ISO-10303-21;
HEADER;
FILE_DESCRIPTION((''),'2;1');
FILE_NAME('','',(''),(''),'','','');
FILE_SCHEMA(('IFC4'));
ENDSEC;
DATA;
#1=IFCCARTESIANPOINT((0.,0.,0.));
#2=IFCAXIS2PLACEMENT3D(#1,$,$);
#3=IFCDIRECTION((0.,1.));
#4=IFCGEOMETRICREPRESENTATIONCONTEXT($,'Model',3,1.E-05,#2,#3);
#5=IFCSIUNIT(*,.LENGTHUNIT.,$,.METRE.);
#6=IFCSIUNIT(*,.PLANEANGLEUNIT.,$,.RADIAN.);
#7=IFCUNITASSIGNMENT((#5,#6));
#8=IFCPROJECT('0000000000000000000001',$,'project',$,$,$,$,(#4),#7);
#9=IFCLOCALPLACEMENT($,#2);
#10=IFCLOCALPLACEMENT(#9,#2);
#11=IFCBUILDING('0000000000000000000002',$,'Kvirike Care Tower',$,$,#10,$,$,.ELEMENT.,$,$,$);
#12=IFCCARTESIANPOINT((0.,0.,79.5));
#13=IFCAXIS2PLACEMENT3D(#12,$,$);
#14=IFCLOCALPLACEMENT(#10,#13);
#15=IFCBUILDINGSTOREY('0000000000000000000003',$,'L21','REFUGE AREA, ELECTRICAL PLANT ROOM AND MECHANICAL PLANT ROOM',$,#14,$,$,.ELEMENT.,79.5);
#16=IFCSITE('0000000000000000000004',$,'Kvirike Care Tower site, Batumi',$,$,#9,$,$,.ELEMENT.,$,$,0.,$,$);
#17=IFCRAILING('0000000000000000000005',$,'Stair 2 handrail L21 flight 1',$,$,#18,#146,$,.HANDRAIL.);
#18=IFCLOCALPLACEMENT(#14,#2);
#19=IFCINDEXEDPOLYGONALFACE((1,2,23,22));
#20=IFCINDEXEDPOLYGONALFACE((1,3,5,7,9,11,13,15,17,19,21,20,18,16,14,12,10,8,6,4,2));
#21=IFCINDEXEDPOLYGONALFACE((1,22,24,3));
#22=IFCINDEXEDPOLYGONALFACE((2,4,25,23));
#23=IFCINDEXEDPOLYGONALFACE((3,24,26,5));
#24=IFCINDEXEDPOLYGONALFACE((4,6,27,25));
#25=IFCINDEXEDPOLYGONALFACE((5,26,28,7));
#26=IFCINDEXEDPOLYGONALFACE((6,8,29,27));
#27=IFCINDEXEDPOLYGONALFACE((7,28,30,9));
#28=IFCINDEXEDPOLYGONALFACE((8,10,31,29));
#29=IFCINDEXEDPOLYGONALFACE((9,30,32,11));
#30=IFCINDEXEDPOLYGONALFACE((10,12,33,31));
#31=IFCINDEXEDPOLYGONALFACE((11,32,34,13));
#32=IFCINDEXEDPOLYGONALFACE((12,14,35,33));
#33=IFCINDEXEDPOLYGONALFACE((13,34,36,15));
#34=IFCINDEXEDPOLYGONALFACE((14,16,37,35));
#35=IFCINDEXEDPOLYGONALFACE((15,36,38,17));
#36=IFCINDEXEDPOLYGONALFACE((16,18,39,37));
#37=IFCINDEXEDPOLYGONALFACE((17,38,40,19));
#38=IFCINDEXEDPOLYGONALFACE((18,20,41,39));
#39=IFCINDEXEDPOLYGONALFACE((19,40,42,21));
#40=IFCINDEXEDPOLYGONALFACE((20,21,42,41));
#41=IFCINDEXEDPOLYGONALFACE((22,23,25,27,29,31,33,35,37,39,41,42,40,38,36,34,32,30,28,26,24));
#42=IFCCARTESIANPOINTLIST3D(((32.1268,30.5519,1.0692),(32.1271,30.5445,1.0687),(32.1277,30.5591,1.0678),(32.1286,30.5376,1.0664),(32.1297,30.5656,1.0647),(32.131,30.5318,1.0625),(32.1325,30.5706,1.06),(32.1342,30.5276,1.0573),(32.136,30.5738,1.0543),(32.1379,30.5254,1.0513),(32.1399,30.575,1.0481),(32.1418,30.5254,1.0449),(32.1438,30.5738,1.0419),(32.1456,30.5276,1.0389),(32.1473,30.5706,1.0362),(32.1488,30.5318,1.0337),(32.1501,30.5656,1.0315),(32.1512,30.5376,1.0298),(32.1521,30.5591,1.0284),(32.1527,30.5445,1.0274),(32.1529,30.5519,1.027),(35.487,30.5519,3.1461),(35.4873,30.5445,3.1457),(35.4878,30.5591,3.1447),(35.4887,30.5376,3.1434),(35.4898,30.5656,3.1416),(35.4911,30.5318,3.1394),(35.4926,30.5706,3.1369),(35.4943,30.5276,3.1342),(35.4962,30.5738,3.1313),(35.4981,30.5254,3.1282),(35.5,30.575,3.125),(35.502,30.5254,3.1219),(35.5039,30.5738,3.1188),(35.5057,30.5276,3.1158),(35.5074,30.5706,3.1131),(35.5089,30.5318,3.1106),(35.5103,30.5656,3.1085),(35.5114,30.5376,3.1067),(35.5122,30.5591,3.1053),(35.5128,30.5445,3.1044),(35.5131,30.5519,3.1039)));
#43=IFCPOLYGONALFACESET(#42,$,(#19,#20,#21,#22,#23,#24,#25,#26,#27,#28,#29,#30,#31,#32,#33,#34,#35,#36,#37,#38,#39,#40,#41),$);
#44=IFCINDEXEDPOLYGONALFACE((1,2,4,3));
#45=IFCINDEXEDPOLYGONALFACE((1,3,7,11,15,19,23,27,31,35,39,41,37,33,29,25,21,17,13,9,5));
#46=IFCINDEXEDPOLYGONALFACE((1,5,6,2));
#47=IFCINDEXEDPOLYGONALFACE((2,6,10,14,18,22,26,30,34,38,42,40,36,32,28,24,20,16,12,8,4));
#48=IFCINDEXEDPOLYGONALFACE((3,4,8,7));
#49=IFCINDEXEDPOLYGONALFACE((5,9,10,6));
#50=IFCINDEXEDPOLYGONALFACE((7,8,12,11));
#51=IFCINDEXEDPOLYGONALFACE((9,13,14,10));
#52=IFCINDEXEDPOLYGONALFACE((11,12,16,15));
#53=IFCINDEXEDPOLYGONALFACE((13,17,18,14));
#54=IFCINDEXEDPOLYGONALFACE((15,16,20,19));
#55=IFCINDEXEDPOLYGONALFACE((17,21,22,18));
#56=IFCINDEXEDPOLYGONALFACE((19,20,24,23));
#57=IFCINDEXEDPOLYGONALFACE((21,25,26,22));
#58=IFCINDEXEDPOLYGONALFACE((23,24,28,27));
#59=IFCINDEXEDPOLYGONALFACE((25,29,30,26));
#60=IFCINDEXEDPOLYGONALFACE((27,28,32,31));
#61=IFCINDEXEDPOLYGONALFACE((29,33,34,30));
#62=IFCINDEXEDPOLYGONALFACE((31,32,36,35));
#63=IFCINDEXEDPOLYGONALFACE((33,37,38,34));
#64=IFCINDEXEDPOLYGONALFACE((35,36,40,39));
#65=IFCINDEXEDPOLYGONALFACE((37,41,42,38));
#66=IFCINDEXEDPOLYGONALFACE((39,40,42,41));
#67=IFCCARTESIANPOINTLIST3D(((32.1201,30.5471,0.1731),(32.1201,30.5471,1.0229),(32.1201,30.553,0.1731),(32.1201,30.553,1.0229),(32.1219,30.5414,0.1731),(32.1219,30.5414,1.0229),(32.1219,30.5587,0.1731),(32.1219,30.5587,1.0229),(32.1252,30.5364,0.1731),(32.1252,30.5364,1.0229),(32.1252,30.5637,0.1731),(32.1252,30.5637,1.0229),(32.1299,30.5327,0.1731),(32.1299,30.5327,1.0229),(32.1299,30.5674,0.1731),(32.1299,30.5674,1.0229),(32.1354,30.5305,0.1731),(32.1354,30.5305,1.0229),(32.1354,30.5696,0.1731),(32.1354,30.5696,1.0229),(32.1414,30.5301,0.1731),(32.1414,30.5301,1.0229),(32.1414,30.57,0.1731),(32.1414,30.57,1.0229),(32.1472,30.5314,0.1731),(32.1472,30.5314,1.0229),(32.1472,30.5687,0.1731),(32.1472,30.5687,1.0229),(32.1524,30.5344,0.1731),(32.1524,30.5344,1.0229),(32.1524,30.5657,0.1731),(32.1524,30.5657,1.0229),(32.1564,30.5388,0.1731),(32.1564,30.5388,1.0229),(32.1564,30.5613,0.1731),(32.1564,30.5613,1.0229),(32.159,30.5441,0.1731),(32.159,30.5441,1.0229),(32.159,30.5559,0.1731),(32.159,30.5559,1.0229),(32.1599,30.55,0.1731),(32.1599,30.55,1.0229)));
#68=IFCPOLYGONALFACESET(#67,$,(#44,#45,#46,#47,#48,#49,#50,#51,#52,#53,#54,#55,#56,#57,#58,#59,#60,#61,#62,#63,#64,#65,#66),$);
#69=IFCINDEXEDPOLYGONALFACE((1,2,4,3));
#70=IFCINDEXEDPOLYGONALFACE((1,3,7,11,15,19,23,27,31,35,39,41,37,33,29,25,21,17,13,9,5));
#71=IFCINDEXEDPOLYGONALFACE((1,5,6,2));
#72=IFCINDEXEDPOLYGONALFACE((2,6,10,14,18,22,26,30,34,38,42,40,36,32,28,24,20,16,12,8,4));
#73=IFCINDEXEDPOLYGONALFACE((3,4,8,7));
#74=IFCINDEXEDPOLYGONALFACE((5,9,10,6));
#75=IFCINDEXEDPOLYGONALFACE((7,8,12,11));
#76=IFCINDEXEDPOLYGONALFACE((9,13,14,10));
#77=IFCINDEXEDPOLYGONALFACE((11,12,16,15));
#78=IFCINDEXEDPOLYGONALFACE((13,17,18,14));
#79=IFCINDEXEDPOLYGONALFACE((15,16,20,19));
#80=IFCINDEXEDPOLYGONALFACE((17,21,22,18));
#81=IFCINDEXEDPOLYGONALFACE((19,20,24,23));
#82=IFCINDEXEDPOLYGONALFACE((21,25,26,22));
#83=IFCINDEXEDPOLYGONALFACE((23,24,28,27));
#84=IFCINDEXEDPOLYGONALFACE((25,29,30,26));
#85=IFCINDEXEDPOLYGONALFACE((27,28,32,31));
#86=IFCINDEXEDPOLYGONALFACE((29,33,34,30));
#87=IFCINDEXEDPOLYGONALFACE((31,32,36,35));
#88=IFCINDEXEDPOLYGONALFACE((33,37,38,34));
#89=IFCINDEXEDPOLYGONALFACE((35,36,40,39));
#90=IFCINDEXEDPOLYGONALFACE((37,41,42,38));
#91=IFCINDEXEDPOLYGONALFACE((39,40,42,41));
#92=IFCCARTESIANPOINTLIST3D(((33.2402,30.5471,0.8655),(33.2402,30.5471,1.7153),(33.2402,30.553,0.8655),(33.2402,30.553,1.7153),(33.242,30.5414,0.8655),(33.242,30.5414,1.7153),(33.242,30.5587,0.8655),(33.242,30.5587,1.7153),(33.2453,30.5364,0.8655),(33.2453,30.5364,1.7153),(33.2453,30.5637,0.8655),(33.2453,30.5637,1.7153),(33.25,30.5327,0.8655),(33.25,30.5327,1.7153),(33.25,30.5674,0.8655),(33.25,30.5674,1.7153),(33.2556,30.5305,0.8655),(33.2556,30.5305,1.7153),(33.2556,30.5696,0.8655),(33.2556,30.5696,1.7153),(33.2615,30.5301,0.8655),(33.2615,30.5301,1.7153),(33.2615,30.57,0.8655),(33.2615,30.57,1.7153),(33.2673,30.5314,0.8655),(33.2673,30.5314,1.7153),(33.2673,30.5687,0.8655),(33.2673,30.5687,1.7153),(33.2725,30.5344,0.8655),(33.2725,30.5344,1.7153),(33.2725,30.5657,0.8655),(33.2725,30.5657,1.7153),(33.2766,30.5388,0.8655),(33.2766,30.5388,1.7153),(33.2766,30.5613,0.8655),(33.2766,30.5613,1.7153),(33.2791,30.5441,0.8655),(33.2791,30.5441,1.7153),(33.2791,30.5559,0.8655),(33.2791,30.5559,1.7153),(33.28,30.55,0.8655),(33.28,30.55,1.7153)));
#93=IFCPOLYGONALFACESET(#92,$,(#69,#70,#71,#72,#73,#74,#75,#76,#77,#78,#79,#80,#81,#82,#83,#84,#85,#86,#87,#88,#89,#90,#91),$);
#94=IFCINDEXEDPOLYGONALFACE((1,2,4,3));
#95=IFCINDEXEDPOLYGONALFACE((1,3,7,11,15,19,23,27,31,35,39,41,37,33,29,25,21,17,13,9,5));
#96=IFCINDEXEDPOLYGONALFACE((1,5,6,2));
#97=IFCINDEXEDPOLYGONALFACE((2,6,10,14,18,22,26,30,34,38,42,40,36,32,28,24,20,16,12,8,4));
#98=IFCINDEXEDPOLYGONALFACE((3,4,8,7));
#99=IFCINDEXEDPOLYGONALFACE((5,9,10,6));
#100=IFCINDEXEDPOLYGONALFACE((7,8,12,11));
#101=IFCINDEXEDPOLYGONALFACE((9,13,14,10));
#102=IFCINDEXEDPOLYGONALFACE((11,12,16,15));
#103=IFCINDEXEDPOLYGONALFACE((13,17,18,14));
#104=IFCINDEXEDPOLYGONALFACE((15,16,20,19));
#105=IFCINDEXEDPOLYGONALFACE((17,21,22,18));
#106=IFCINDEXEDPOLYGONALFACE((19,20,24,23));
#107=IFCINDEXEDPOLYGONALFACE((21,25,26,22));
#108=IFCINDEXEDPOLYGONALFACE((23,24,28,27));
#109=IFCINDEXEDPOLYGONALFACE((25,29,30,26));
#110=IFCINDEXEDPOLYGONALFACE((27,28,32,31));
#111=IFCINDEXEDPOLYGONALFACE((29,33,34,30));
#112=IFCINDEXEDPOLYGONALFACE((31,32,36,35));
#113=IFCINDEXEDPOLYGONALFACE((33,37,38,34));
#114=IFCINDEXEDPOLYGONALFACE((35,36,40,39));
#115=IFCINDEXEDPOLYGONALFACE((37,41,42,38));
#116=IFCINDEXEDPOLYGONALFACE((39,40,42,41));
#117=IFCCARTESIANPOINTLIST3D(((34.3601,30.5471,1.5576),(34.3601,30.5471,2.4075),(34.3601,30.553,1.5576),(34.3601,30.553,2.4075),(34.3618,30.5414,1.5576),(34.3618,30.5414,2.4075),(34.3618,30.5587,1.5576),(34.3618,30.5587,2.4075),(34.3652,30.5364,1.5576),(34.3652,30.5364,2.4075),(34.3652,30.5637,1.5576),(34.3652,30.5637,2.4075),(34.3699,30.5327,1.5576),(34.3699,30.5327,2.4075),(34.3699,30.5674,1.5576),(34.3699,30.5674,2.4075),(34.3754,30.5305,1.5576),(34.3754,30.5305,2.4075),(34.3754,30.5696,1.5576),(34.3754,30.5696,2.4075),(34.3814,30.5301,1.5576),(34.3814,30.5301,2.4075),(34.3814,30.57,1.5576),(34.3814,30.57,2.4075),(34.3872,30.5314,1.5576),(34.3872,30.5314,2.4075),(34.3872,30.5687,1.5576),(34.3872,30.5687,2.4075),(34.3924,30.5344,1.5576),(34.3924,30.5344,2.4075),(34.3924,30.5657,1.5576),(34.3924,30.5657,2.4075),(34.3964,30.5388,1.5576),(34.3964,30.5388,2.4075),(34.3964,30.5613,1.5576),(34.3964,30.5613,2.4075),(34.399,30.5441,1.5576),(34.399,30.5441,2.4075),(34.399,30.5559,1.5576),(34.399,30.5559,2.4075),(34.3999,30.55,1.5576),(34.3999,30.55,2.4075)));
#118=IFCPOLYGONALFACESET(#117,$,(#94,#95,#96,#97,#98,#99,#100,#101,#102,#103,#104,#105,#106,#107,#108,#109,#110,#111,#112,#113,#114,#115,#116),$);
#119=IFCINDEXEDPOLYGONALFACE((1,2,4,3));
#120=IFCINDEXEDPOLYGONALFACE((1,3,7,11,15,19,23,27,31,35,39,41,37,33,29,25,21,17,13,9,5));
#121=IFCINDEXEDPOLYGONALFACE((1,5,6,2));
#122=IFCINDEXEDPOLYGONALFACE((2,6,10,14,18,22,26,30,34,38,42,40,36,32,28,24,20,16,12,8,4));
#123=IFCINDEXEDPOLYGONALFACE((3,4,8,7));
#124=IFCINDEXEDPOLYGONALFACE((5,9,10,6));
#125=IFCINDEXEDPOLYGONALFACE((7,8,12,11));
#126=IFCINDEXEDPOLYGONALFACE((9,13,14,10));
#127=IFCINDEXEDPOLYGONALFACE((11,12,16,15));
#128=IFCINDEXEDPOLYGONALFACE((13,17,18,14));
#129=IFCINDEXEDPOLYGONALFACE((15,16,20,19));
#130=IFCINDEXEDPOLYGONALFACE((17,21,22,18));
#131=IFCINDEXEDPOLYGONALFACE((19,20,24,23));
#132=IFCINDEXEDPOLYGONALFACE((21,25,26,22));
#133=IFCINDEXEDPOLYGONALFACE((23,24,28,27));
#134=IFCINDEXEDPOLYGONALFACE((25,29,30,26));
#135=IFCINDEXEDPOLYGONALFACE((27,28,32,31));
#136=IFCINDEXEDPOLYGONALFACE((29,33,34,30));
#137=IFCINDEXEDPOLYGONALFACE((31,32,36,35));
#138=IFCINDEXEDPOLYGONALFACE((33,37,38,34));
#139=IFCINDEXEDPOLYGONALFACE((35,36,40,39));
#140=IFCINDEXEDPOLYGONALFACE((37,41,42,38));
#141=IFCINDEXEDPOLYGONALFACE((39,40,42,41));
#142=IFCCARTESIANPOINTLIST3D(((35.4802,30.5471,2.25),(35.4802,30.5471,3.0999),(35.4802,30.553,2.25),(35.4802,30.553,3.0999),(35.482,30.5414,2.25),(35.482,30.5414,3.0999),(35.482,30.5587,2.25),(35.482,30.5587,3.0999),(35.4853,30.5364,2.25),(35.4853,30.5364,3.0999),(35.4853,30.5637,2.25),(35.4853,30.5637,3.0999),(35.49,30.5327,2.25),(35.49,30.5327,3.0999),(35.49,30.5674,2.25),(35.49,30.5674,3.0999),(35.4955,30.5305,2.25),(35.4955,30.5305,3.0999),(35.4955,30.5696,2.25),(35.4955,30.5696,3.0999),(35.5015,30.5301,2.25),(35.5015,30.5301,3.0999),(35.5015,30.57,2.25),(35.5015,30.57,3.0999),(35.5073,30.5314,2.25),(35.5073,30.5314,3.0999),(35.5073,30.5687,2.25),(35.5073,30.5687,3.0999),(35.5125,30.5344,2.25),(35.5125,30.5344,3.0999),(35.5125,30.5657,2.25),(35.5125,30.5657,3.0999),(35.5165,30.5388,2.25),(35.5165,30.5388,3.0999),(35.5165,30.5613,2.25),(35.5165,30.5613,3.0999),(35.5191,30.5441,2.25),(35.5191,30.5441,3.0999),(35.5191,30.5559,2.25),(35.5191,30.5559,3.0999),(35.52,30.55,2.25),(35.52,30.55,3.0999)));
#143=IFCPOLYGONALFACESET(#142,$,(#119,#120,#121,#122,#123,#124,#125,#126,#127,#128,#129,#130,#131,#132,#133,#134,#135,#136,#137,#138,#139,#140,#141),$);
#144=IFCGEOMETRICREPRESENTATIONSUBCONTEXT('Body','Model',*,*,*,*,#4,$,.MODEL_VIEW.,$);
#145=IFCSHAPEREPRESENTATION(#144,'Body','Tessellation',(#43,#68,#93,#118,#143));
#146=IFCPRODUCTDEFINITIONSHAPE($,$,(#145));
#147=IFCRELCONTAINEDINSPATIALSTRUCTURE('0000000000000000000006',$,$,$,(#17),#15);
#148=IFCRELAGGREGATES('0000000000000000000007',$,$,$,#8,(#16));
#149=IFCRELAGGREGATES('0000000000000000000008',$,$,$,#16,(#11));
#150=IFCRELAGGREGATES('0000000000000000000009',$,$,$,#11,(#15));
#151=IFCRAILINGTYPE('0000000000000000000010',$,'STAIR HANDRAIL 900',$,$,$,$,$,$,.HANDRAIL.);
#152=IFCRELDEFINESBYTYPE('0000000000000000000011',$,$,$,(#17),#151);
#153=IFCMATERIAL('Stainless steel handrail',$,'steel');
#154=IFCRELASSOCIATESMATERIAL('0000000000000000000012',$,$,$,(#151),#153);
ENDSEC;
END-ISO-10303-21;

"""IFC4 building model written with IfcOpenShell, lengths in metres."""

from ifc_helpers import new_model, si_unit, direction, frame, origin, origin_2d, place, context, subcontext, project, spatial, circle, extrude, material, type_object, element, save


model = new_model("IFC4")

# Units and contexts
model_context = context("Model", 3, precision=1e-05, world=origin(), true_north=direction((0.0, 1.0)))
body_context = subcontext(model_context, "Body", "Model", "MODEL_VIEW")
ifc_project = project(units=[si_unit("LENGTHUNIT", "METRE"), si_unit("PLANEANGLEUNIT", "RADIAN")], contexts=[model_context])

# Site, building, storey
site_placement = place(None, origin())
site = spatial("IfcSite", under=ifc_project, at=site_placement, Name="Kvirike Care Tower site, Batumi", CompositionType="ELEMENT", RefElevation=0.0)
building_placement = place(site_placement, origin())
building = spatial("IfcBuilding", under=site, at=building_placement, Name="Kvirike Care Tower", CompositionType="ELEMENT")
storey_placement = place(building_placement, frame((0.0, 0.0, 79.5)))
storey = spatial("IfcBuildingStorey", under=building, at=storey_placement, Name="L21", Description="REFUGE AREA, ELECTRICAL PLANT ROOM AND MECHANICAL PLANT ROOM", CompositionType="ELEMENT", Elevation=79.5)

# Railing
ifc_material_1 = material(Name="Stainless steel handrail", Category="steel")
railing_type = type_object("IfcRailingType", Name="STAIR HANDRAIL 900", PredefinedType="HANDRAIL", material=ifc_material_1)
railing_1_placement = place(storey_placement, frame((32.1399, 30.55, 0.1731)))
element("IfcRailing", 1, at=railing_1_placement, inside=storey, type_object=railing_type, Name="Stair 2 handrail L21 flight 1", PredefinedType="HANDRAIL", context=body_context, shape_type="SweptSolid", body=[
    extrude(circle(Radius=0.0249, at=origin_2d()), frame((0.0, 0.0, 0.875), z_axis=(0.850623, 0.0, 0.525776), x_axis=(0.0, 1.0, 0.0)), (0.0, 0.0, 1.0), 3.9502),
    extrude(circle(Radius=0.02, at=origin_2d()), origin(), (0.0, 0.0, 1.0), 0.8499),
    extrude(circle(Radius=0.02, at=origin_2d()), frame((1.1201, 0.0, 0.6924)), (0.0, 0.0, 1.0), 0.8499),
    extrude(circle(Radius=0.02, at=origin_2d()), frame((2.24, 0.0, 1.3845)), (0.0, 0.0, 1.0), 0.8499),
    extrude(circle(Radius=0.02, at=origin_2d()), frame((3.3601, 0.0, 2.0769)), (0.0, 0.0, 1.0), 0.8499),
])

save(model, "model.ifc")
